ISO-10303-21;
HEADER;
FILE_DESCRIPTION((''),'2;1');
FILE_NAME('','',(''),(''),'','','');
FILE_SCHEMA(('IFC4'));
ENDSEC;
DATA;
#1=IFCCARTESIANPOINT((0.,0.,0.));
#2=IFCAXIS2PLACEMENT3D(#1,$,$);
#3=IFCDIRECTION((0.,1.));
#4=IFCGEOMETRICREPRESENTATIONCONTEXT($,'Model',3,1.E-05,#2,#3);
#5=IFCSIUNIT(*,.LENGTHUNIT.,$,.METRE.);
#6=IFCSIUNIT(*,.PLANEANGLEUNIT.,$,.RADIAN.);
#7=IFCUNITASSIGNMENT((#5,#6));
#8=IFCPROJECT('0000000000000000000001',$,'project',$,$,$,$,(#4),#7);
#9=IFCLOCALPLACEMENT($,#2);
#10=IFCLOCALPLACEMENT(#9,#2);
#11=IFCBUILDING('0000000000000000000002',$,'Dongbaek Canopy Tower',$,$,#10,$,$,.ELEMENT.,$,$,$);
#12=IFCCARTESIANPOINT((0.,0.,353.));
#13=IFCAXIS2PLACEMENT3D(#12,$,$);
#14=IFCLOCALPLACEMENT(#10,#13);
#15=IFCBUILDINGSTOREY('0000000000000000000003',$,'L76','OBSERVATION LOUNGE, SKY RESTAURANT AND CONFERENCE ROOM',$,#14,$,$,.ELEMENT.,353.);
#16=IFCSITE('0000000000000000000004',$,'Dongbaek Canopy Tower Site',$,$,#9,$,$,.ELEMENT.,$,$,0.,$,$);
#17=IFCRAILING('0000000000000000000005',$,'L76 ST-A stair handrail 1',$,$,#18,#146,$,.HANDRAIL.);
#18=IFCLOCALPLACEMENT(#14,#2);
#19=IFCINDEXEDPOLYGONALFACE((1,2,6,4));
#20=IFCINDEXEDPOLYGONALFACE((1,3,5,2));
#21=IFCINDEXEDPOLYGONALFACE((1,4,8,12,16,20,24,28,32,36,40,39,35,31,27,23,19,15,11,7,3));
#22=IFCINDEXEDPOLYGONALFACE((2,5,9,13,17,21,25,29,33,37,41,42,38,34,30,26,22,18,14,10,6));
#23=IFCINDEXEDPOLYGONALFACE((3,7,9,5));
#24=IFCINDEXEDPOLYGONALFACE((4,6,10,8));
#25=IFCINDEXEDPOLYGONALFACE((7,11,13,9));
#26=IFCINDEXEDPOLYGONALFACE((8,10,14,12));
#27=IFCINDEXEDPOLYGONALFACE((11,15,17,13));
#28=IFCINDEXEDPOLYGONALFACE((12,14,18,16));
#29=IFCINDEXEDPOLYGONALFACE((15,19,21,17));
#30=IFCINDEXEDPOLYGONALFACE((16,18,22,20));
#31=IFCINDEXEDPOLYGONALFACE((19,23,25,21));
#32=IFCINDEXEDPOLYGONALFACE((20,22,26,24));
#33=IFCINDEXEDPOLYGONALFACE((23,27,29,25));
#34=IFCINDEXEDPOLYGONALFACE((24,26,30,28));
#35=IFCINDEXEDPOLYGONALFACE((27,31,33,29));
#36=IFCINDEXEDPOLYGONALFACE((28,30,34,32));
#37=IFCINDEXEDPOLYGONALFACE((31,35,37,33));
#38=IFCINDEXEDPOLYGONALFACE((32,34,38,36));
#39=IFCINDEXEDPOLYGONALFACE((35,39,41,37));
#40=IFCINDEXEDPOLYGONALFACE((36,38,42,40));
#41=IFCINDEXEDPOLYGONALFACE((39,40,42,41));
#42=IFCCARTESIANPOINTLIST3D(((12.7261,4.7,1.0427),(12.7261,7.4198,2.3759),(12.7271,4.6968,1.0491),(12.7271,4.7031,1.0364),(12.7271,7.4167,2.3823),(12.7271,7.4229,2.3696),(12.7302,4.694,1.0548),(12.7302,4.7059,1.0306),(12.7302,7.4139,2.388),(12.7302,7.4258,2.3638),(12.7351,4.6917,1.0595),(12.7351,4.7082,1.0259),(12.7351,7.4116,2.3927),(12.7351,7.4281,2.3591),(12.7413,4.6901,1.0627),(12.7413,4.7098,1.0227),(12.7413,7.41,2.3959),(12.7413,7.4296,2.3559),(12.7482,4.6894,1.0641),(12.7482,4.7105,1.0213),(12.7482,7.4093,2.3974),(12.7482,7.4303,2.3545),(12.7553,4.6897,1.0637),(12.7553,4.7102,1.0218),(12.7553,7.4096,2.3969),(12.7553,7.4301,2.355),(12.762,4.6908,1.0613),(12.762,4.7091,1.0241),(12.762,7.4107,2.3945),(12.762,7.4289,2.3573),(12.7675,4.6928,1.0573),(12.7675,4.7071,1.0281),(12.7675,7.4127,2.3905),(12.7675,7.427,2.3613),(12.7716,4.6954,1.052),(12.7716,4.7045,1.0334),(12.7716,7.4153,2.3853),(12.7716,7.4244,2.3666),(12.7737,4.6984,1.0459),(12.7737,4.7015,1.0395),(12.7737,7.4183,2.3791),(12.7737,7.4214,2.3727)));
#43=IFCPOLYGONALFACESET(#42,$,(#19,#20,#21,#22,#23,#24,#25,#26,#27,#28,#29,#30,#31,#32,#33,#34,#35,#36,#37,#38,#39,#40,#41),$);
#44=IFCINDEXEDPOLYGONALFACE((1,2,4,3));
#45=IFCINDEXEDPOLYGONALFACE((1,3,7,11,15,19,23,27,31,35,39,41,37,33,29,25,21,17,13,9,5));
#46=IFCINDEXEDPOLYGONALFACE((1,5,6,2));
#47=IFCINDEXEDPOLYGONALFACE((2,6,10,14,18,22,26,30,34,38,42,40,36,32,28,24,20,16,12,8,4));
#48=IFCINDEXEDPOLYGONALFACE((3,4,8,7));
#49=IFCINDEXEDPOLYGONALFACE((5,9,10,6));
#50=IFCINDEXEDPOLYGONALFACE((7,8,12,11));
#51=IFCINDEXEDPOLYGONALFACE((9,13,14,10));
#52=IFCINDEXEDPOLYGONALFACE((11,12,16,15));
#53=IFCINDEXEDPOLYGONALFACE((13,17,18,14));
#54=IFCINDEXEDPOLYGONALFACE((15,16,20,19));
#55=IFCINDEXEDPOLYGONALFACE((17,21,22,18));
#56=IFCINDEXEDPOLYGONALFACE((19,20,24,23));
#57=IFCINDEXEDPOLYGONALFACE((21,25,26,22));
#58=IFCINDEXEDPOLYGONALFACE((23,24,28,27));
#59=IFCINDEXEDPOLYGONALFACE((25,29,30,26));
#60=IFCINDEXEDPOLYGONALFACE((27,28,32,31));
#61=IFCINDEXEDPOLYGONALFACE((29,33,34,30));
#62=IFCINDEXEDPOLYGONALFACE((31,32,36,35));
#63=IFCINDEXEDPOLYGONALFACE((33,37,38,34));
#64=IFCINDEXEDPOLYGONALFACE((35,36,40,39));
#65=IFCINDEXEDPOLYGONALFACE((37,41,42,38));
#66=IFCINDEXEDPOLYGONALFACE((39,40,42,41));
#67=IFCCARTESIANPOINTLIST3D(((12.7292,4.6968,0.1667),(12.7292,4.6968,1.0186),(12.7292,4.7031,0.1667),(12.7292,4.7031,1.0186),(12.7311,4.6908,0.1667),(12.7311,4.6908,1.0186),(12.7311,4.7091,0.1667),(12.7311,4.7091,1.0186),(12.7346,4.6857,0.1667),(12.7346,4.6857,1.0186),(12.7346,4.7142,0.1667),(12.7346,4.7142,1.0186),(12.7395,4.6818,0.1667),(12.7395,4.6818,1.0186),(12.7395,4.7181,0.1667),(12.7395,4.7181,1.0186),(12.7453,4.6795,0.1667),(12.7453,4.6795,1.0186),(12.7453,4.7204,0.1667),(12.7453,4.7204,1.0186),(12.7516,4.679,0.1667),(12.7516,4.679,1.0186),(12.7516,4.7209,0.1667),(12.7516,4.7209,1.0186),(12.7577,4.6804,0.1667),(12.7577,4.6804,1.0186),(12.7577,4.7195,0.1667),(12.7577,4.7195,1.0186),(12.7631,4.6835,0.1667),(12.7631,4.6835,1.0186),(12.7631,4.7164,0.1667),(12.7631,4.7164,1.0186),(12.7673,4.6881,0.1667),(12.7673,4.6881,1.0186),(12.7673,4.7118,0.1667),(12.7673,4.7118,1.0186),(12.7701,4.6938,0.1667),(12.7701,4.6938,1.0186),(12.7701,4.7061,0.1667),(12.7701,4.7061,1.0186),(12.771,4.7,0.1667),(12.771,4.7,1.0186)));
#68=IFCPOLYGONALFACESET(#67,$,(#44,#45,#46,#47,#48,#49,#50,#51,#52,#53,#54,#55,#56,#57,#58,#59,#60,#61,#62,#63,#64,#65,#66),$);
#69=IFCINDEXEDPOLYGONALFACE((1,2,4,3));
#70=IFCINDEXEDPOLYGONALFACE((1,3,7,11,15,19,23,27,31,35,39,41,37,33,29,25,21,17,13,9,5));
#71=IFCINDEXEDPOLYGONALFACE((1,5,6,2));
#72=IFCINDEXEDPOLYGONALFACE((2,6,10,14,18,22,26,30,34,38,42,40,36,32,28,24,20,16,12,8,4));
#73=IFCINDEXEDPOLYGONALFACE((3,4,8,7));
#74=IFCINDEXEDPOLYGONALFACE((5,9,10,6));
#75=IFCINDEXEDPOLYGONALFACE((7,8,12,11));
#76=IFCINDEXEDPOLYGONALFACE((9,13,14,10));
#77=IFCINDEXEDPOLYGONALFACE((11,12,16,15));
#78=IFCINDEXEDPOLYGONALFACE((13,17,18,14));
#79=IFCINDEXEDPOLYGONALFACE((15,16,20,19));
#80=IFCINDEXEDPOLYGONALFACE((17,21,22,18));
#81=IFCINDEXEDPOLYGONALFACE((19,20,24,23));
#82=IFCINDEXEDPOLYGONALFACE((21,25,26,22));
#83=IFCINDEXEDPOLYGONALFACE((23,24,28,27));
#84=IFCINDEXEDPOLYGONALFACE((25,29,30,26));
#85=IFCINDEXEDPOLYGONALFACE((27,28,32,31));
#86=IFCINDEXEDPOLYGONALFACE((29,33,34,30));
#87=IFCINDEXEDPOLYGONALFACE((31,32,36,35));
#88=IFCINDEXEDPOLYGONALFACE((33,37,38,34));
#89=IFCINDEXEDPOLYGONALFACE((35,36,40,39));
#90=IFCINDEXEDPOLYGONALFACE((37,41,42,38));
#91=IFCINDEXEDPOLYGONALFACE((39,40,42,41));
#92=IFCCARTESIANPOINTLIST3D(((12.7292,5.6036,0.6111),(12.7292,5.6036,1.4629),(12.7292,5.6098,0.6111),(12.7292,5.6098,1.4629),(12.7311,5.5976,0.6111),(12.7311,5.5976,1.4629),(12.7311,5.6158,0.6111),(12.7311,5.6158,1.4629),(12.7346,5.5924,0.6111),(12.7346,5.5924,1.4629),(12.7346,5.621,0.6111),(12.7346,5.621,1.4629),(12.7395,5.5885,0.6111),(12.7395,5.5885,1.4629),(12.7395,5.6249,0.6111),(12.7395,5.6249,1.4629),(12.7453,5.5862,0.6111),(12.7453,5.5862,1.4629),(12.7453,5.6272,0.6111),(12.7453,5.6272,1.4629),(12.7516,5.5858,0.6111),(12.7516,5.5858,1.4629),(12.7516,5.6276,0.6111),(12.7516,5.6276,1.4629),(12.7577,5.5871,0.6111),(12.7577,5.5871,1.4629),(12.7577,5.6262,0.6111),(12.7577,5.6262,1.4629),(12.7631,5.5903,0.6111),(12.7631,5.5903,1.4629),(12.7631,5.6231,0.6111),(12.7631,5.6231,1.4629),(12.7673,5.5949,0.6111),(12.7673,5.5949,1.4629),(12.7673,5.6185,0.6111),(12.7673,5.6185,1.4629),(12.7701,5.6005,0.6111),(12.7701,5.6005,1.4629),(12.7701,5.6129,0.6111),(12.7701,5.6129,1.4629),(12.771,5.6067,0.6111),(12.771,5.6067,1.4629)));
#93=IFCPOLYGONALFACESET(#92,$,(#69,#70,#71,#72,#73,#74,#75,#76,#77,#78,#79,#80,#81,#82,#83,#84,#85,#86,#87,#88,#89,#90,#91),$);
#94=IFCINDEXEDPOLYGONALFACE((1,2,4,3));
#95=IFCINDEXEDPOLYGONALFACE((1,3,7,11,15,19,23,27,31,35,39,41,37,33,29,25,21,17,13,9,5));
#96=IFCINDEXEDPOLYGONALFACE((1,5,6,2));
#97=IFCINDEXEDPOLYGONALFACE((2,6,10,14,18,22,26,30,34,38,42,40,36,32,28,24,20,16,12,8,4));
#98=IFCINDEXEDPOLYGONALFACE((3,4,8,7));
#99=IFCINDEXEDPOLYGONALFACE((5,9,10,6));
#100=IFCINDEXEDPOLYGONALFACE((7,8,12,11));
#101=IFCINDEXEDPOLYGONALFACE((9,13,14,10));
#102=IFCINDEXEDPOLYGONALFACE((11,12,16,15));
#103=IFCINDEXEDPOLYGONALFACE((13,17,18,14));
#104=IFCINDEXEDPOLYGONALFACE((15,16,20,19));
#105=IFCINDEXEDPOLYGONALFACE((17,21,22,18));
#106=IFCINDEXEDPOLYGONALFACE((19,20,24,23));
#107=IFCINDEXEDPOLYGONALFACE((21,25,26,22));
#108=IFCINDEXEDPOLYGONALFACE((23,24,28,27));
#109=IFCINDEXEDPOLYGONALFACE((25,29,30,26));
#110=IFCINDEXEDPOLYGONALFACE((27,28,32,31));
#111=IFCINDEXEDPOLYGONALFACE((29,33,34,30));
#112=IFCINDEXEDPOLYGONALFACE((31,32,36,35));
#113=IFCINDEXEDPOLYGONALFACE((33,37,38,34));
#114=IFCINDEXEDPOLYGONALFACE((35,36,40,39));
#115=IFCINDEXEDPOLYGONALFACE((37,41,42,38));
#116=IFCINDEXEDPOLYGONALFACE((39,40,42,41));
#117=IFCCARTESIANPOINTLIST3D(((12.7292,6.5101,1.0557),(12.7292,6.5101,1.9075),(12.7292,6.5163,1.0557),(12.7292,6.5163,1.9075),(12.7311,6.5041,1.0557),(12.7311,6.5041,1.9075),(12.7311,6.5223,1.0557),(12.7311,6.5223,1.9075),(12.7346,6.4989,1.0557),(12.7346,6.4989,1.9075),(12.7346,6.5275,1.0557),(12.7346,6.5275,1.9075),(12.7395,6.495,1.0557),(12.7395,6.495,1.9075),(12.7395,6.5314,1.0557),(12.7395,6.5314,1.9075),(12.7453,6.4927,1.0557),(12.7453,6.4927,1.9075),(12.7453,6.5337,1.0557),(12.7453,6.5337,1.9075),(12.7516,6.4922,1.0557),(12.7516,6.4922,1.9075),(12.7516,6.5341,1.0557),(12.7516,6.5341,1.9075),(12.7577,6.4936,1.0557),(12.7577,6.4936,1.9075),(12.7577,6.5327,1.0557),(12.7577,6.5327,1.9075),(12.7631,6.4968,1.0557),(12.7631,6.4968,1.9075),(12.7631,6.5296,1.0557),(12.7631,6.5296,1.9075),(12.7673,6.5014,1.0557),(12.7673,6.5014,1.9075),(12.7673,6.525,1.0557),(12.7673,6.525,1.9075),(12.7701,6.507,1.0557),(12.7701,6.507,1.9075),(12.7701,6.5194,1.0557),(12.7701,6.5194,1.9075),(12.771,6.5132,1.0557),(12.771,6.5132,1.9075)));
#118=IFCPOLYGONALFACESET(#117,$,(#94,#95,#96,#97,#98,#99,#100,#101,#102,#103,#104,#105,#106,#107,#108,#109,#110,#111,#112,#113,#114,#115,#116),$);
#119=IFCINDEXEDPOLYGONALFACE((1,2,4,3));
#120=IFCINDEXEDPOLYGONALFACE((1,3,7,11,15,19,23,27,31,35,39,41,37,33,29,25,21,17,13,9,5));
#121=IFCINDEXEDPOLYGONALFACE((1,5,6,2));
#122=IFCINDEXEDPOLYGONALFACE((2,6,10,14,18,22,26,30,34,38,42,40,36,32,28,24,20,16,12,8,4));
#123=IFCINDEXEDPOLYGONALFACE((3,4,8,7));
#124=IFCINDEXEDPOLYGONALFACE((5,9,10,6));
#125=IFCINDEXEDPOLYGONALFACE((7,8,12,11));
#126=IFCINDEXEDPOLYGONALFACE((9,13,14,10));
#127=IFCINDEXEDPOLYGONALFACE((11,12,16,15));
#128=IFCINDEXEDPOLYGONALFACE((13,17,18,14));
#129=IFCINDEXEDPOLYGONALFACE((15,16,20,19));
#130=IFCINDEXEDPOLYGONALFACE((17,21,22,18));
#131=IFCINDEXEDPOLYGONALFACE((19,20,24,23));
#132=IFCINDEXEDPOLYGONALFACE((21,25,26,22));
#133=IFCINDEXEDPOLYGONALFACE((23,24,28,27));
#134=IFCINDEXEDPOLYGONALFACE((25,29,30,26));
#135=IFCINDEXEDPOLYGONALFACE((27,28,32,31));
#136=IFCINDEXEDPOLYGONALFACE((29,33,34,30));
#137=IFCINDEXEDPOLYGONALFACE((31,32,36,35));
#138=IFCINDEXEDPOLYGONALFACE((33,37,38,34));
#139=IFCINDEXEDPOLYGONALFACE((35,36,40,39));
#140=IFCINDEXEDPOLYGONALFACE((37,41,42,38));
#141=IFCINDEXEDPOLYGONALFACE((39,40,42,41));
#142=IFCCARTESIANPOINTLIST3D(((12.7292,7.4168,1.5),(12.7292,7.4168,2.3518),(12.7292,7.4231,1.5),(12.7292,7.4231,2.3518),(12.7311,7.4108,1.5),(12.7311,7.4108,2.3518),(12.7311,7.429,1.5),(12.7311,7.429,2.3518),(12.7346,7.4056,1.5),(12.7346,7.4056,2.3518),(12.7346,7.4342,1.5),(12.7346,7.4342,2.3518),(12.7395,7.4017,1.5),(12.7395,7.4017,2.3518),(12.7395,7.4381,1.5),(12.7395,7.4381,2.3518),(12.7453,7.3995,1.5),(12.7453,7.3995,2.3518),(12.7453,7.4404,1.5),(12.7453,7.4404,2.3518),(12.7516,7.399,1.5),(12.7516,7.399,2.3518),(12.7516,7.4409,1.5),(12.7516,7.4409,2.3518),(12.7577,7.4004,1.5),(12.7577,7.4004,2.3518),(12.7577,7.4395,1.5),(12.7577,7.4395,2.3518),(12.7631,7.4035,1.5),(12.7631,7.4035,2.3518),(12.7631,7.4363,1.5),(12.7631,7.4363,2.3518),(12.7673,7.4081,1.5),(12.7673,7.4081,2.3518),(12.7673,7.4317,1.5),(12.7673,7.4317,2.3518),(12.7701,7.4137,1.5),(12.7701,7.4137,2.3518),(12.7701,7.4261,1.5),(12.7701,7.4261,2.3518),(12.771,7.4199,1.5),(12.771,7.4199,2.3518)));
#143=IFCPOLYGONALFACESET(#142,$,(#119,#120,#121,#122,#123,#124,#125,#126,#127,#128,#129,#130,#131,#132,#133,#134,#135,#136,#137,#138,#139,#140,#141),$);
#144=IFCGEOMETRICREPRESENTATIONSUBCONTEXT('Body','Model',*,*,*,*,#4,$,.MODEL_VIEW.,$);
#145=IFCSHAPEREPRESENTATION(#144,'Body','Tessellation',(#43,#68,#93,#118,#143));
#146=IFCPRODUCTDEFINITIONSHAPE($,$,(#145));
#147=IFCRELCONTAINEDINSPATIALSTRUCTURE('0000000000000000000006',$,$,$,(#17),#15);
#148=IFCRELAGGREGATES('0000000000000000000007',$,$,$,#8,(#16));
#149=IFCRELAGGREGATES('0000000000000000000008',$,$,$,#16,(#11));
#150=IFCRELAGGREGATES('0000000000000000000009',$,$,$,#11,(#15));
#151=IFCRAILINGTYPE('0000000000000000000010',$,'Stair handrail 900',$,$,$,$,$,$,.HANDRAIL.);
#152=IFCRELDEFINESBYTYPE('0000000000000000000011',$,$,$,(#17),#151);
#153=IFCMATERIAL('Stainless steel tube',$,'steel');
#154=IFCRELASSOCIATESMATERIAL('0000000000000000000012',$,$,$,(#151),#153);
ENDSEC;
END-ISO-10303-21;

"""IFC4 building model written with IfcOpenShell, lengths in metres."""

from ifc_helpers import new_model, si_unit, direction, frame, origin, origin_2d, place, context, subcontext, project, spatial, circle, extrude, material, type_object, element, save


model = new_model("IFC4")

# Units and contexts
model_context = context("Model", 3, precision=1e-05, world=origin(), true_north=direction((0.0, 1.0)))
body_context = subcontext(model_context, "Body", "Model", "MODEL_VIEW")
ifc_project = project(units=[si_unit("LENGTHUNIT", "METRE"), si_unit("PLANEANGLEUNIT", "RADIAN")], contexts=[model_context])

# Site, building, storey
site_placement = place(None, origin())
site = spatial("IfcSite", under=ifc_project, at=site_placement, Name="Dongbaek Canopy Tower Site", CompositionType="ELEMENT", RefElevation=0.0)
building_placement = place(site_placement, origin())
building = spatial("IfcBuilding", under=site, at=building_placement, Name="Dongbaek Canopy Tower", CompositionType="ELEMENT")
storey_placement = place(building_placement, frame((0.0, 0.0, 353.0)))
storey = spatial("IfcBuildingStorey", under=building, at=storey_placement, Name="L76", Description="OBSERVATION LOUNGE, SKY RESTAURANT AND CONFERENCE ROOM", CompositionType="ELEMENT", Elevation=353.0)

# Railing
ifc_material_1 = material(Name="Stainless steel tube", Category="steel")
railing_type_1 = type_object("IfcRailingType", Name="Stair handrail 900", PredefinedType="HANDRAIL", material=ifc_material_1)
railing_1_placement = place(storey_placement, frame((12.75, 4.7, 0.1667)))
element("IfcRailing", 1, at=railing_1_placement, inside=storey, type_object=railing_type_1, Name="L76 ST-A stair handrail 1", PredefinedType="HANDRAIL", context=body_context, shape_type="SweptSolid", body=[
    extrude(circle(Radius=0.0239, at=origin_2d()), frame((0.0, 0.0, 0.876), z_axis=(0.0, 0.897929, 0.440139), x_axis=(-1.0, 0.0, 0.0)), (0.0, 0.0, 1.0), 3.0291),
    extrude(circle(Radius=0.021, at=origin_2d()), origin(), (0.0, 0.0, 1.0), 0.8518),
    extrude(circle(Radius=0.021, at=origin_2d()), frame((0.0, 0.9067, 0.4443)), (0.0, 0.0, 1.0), 0.8518),
    extrude(circle(Radius=0.021, at=origin_2d()), frame((0.0, 1.8132, 0.8889)), (0.0, 0.0, 1.0), 0.8518),
    extrude(circle(Radius=0.021, at=origin_2d()), frame((0.0, 2.72, 1.3333)), (0.0, 0.0, 1.0), 0.8518),
])

save(model, "model.ifc")
